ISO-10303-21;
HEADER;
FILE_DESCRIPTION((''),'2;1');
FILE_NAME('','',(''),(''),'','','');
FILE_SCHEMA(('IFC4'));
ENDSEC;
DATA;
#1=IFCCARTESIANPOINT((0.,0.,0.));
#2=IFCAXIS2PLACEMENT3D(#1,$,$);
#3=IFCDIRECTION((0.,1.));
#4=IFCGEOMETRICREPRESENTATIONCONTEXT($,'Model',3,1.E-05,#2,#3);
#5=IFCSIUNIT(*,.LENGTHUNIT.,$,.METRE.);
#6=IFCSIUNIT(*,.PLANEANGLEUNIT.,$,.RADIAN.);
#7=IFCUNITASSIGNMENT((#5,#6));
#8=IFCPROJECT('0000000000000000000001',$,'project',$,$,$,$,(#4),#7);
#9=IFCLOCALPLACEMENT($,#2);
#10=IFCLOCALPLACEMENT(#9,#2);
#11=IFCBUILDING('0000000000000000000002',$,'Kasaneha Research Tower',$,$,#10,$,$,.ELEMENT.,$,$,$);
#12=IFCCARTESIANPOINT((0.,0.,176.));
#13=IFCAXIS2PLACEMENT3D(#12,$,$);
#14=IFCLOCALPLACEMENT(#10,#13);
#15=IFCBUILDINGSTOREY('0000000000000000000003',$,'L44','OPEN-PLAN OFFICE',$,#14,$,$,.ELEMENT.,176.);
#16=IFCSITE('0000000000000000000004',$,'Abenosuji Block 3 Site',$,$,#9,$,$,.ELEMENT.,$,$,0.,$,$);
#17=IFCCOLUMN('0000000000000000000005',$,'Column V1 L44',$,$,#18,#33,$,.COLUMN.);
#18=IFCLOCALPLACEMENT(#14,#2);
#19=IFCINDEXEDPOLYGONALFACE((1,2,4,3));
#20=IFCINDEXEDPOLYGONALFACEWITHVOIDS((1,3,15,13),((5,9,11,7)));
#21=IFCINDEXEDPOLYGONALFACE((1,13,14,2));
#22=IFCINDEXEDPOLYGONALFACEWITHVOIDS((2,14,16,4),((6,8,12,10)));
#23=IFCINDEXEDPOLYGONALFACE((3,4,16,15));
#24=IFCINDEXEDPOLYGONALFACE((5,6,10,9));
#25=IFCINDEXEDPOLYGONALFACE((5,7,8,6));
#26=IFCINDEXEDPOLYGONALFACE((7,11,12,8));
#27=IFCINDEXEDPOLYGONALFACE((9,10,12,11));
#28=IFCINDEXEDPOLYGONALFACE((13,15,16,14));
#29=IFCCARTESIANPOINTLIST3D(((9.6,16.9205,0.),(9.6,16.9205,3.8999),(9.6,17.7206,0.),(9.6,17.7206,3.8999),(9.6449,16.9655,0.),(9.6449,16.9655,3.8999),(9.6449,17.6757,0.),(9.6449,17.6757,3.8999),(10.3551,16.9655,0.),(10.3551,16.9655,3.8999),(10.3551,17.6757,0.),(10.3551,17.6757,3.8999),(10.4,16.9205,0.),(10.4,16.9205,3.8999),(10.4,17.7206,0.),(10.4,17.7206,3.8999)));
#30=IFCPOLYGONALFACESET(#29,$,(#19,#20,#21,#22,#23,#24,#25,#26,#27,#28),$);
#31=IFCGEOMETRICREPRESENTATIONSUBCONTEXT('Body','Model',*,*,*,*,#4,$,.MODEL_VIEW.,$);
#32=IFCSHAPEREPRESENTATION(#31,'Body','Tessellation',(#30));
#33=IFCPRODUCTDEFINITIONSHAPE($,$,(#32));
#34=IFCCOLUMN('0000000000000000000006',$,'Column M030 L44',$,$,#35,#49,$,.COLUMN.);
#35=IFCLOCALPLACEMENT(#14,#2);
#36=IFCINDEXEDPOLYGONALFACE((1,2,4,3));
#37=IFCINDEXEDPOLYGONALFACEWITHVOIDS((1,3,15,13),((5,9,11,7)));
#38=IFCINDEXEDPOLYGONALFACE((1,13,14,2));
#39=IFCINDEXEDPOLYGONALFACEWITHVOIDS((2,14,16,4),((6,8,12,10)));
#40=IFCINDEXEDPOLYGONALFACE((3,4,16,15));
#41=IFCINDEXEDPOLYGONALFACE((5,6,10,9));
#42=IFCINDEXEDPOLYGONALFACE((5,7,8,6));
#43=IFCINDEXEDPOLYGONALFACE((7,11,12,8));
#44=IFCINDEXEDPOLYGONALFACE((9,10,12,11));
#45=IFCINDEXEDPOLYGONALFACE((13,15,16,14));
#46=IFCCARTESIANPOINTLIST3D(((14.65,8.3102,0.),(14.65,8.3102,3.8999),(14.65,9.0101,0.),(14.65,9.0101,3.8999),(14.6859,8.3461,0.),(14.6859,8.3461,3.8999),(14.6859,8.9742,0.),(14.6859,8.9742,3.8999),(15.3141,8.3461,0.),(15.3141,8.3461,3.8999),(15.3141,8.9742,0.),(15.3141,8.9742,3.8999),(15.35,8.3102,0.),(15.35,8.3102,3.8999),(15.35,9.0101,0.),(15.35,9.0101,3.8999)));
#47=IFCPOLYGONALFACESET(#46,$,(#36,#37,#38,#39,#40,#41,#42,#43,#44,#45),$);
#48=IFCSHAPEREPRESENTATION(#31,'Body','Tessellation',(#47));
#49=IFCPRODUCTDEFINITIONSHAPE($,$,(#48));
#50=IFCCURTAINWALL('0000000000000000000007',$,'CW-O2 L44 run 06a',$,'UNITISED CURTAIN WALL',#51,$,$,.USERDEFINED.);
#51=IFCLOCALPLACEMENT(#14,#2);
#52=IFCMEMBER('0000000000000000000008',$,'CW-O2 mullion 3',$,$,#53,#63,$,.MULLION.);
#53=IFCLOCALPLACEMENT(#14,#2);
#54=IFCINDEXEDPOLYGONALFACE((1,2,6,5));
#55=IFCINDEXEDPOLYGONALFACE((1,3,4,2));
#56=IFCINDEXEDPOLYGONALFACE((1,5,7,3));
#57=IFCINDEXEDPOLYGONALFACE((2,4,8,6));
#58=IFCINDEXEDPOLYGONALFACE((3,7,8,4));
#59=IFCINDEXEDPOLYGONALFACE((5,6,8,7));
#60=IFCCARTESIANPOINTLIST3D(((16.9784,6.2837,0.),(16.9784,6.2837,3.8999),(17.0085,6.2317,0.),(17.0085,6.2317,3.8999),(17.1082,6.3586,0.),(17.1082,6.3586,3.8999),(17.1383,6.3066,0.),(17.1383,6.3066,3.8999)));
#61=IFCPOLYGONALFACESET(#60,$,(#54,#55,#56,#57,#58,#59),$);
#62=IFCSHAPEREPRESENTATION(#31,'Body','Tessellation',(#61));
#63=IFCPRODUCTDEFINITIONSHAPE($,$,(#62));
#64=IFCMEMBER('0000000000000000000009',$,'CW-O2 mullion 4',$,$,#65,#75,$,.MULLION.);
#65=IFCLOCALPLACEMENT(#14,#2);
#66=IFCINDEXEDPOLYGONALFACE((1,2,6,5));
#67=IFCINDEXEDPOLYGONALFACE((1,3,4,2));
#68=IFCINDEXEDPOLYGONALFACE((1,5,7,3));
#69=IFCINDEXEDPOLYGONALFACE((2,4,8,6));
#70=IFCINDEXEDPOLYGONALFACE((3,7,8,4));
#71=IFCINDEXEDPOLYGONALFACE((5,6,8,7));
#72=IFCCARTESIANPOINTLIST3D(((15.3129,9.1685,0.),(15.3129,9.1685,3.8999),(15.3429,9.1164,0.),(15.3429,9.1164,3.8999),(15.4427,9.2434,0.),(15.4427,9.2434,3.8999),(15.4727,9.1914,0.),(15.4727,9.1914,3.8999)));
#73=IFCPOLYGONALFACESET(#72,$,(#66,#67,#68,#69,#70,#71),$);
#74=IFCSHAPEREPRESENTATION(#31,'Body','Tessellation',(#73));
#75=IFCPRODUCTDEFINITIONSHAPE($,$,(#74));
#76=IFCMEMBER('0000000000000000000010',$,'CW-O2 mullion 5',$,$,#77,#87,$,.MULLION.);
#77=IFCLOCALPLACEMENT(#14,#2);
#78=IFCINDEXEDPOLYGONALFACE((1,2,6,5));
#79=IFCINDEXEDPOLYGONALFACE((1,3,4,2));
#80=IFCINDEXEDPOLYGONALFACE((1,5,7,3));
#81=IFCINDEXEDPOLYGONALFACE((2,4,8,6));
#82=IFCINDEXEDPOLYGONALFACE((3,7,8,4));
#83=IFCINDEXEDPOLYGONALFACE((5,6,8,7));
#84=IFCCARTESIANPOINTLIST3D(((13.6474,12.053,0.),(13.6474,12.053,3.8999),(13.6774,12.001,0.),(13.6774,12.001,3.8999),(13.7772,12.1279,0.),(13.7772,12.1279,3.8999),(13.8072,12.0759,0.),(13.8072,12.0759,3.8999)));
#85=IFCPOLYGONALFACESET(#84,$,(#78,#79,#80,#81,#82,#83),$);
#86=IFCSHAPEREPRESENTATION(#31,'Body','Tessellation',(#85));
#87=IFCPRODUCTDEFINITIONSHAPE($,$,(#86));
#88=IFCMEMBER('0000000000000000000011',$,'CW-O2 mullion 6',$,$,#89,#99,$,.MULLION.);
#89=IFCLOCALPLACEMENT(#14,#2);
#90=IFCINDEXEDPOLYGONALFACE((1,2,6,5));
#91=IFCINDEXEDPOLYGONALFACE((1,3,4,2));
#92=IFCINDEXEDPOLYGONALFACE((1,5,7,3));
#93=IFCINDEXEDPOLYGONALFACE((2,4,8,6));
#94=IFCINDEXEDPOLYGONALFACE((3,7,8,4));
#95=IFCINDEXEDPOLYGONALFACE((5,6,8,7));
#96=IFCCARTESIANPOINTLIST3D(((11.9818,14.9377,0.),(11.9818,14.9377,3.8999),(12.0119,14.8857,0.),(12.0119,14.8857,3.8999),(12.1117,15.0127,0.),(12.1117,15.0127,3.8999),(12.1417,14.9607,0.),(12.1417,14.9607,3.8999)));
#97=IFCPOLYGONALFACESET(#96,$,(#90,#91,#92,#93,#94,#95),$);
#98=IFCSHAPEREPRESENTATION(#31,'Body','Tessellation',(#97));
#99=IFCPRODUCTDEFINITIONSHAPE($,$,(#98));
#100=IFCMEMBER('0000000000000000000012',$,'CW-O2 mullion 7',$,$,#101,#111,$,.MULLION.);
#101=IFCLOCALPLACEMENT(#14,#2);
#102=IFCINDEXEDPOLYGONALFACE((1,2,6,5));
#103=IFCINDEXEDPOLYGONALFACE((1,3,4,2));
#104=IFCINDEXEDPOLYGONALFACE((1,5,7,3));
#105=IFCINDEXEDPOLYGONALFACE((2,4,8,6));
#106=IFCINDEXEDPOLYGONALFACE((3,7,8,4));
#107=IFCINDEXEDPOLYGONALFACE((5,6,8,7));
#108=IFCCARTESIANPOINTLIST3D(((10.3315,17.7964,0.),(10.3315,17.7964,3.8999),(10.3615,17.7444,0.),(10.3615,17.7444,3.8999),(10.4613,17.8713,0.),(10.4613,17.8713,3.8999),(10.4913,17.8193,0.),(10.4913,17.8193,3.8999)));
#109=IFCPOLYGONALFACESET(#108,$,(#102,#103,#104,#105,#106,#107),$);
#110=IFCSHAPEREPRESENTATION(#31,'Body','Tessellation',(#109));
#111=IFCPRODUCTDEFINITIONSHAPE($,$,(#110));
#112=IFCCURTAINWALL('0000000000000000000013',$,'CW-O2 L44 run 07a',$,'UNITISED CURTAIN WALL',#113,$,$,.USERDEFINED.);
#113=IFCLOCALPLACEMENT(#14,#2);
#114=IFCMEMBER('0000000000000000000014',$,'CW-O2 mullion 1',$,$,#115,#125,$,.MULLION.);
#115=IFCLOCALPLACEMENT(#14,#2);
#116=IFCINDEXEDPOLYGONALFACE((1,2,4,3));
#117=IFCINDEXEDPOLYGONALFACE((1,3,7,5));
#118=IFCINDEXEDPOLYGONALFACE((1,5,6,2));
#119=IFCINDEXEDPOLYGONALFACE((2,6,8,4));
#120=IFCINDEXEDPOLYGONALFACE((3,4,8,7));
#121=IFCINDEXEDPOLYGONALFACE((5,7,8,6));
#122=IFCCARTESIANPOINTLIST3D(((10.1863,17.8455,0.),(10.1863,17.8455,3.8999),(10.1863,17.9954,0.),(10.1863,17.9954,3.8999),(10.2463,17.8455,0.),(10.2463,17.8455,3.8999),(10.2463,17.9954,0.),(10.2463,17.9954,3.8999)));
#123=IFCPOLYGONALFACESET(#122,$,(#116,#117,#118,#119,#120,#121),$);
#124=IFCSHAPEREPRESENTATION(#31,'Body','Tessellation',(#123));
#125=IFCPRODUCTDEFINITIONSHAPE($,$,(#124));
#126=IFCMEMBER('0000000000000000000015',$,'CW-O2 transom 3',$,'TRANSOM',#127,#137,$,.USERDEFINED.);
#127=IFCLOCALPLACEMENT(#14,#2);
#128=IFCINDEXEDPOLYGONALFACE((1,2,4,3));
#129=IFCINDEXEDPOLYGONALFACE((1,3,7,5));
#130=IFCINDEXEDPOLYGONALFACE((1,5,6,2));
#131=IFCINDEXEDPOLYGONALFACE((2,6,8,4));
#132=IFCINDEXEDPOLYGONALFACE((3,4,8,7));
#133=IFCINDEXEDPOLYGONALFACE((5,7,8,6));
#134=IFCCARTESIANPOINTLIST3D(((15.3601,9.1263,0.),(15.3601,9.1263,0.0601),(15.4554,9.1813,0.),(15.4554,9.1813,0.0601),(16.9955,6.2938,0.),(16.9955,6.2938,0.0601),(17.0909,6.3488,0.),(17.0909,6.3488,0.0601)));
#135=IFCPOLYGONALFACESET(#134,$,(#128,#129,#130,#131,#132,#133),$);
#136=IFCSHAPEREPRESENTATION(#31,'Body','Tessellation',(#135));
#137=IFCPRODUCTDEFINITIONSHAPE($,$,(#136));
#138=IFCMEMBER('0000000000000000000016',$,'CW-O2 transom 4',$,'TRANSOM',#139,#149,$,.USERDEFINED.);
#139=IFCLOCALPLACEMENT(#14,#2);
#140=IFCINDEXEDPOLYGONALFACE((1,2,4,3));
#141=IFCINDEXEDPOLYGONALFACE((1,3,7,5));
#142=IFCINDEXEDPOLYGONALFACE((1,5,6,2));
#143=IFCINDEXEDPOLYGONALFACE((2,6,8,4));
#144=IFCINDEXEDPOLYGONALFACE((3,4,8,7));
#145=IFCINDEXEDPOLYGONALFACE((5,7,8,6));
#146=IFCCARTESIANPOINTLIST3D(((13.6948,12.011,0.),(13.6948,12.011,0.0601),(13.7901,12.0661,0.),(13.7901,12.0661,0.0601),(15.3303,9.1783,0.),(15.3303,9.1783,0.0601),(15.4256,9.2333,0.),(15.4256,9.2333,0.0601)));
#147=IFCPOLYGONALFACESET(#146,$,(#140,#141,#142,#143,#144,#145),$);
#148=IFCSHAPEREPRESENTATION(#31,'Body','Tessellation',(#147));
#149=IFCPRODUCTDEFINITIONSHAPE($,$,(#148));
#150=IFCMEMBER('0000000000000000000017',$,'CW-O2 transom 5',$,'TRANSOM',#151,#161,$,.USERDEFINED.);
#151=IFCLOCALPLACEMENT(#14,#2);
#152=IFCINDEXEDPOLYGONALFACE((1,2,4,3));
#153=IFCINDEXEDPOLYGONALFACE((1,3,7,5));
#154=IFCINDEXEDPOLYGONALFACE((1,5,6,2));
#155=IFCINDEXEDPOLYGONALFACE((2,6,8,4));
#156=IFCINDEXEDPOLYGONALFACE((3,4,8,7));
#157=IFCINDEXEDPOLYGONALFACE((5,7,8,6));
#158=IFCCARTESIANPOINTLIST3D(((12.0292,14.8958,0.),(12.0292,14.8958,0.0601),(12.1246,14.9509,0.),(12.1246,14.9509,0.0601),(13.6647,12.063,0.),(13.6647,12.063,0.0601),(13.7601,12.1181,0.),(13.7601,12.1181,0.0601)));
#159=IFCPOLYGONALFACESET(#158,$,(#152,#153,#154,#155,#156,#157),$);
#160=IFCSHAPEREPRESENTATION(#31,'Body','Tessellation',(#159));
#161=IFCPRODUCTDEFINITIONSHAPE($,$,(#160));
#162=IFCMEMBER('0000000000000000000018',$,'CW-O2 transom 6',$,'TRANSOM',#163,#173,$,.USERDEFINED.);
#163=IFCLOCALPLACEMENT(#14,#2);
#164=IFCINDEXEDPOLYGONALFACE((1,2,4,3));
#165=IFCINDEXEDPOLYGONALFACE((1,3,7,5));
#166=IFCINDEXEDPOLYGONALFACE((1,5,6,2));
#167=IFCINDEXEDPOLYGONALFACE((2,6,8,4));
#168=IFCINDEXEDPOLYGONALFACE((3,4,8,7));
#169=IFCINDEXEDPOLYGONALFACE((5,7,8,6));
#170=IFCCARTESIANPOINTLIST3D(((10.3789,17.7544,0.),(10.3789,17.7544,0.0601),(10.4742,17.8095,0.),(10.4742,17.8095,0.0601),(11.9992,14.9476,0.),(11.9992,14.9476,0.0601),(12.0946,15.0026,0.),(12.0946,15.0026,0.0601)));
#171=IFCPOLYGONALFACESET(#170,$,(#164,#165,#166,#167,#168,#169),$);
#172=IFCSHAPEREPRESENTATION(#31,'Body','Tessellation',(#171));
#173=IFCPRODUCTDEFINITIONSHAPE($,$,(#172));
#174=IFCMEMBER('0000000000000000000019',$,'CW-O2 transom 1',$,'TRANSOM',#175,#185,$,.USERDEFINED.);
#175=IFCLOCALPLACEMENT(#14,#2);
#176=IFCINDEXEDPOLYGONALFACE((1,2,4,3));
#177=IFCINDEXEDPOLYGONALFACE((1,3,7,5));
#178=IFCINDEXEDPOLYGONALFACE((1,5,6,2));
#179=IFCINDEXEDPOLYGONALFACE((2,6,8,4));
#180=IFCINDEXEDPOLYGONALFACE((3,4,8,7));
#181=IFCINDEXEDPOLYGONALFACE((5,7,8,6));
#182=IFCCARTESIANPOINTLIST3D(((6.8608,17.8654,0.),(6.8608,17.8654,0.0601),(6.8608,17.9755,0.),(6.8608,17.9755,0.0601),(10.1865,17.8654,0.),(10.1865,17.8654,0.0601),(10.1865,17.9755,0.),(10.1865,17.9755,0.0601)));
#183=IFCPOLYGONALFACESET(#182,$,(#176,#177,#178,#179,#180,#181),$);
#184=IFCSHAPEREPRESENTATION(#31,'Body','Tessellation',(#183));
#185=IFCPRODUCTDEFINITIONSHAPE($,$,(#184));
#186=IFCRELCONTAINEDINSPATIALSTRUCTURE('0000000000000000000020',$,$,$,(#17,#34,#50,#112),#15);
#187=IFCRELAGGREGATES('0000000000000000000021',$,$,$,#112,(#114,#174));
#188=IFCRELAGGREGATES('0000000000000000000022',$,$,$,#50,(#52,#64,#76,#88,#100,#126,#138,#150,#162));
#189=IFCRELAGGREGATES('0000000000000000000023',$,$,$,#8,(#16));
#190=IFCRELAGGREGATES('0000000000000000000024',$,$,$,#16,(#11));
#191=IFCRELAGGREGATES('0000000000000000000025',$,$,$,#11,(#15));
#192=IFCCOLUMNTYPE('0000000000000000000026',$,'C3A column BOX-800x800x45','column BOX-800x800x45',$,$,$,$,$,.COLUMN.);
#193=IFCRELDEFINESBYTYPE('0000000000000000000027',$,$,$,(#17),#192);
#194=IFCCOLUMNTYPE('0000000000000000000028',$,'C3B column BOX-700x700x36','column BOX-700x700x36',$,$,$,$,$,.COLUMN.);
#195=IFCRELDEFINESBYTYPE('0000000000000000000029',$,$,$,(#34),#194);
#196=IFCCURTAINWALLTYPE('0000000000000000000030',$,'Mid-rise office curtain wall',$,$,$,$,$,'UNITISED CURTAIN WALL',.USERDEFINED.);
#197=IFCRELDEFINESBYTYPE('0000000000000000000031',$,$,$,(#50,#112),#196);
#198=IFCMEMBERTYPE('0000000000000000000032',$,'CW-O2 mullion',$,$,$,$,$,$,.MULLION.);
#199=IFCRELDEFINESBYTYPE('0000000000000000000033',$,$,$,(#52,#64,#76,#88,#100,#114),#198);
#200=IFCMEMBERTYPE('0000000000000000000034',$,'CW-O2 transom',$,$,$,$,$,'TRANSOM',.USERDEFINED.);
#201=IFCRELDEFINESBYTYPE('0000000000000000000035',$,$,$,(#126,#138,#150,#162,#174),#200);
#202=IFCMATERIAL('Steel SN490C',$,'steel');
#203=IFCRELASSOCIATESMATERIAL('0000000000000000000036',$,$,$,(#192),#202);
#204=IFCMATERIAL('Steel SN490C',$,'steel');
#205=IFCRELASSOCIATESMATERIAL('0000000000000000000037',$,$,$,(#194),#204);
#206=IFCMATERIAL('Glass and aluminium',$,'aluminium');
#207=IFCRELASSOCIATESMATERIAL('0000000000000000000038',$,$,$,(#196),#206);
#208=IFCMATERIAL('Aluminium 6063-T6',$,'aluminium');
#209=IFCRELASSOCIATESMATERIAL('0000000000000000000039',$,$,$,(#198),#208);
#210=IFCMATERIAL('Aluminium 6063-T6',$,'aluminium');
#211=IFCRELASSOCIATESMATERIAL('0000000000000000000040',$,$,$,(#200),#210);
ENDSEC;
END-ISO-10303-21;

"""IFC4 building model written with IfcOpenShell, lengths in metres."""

from ifc_helpers import new_model, si_unit, direction, frame, origin, origin_2d, place, context, subcontext, project, spatial, rectangle, hollow_rectangle, extrude, material, material_profile, profile_set, type_object, element, aggregate, save


model = new_model("IFC4")

# Units and contexts
model_context = context("Model", 3, precision=1e-05, world=origin(), true_north=direction((0.0, 1.0)))
body_context = subcontext(model_context, "Body", "Model", "MODEL_VIEW")
ifc_project = project(units=[si_unit("LENGTHUNIT", "METRE"), si_unit("PLANEANGLEUNIT", "RADIAN")], contexts=[model_context])

# Site, building, storey
site_placement = place(None, origin())
site = spatial("IfcSite", under=ifc_project, at=site_placement, Name="Abenosuji Block 3 Site", CompositionType="ELEMENT", RefElevation=0.0)
building_placement = place(site_placement, origin())
building = spatial("IfcBuilding", under=site, at=building_placement, Name="Kasaneha Research Tower", CompositionType="ELEMENT")
storey_placement = place(building_placement, frame((0.0, 0.0, 176.0)))
storey = spatial("IfcBuildingStorey", under=building, at=storey_placement, Name="L44", Description="OPEN-PLAN OFFICE", CompositionType="ELEMENT", Elevation=176.0)

# Columns
ifc_material_1 = material(Name="Steel SN490C", Category="steel")
ifc_material_profile_1 = material_profile(ifc_material_1, hollow_rectangle(XDim=0.8, YDim=0.8, WallThickness=0.0449, at=origin_2d()), Name="BOX-800x800x45")
ifc_profile_set_1 = profile_set([ifc_material_profile_1], Name="Steel SN490C")
column_type_1 = type_object("IfcColumnType", Name="C3A column BOX-800x800x45", Description="column BOX-800x800x45", PredefinedType="COLUMN", material=ifc_profile_set_1)
column_1_placement = place(storey_placement, frame((10.0, 17.3206, 0.0), z_axis=(0.0, 0.0, 1.0), x_axis=(1.0, 0.0, 0.0)))
element("IfcColumn", 1, at=column_1_placement, inside=storey, type_object=column_type_1, Name="Column V1 L44", PredefinedType="COLUMN", context=body_context, shape_type="SweptSolid", body=[
    extrude(hollow_rectangle(XDim=0.8, YDim=0.8, WallThickness=0.0449, at=origin_2d()), origin(), (0.0, 0.0, 1.0), 3.8999),
])
ifc_material_2 = material(Name="Steel SN490C", Category="steel")
ifc_material_profile_2 = material_profile(ifc_material_2, hollow_rectangle(XDim=0.7, YDim=0.7, WallThickness=0.0359, at=origin_2d()), Name="BOX-700x700x36")
ifc_profile_set_2 = profile_set([ifc_material_profile_2], Name="Steel SN490C")
column_type_2 = type_object("IfcColumnType", Name="C3B column BOX-700x700x36", Description="column BOX-700x700x36", PredefinedType="COLUMN", material=ifc_profile_set_2)
column_2_placement = place(storey_placement, frame((15.0, 8.6602, 0.0), z_axis=(0.0, 0.0, 1.0), x_axis=(1.0, 0.0, 0.0)))
element("IfcColumn", 2, at=column_2_placement, inside=storey, type_object=column_type_2, Name="Column M030 L44", PredefinedType="COLUMN", context=body_context, shape_type="SweptSolid", body=[
    extrude(hollow_rectangle(XDim=0.7, YDim=0.7, WallThickness=0.0359, at=origin_2d()), origin(), (0.0, 0.0, 1.0), 3.8999),
])

# Curtain wall, members
ifc_material_3 = material(Name="Glass and aluminium", Category="aluminium")
curtain_wall_type = type_object("IfcCurtainWallType", Name="Mid-rise office curtain wall", ElementType="UNITISED CURTAIN WALL", PredefinedType="USERDEFINED", material=ifc_material_3)
curtain_wall_1_placement = place(storey_placement, origin())
curtain_wall_1 = element("IfcCurtainWall", 3, at=curtain_wall_1_placement, inside=storey, type_object=curtain_wall_type, Name="CW-O2 L44 run 06a", ObjectType="UNITISED CURTAIN WALL", PredefinedType="USERDEFINED")
ifc_material_4 = material(Name="Aluminium 6063-T6", Category="aluminium")
ifc_material_profile_3 = material_profile(ifc_material_4, rectangle(XDim=0.0601, YDim=0.1499, at=origin_2d()), Name="CW-O2 mullion 60x150")
ifc_profile_set_3 = profile_set([ifc_material_profile_3], Name="Aluminium 6063-T6")
member_type_1 = type_object("IfcMemberType", Name="CW-O2 mullion", PredefinedType="MULLION", material=ifc_profile_set_3)
member_1_placement = place(storey_placement, frame((17.0583, 6.2952, 0.0), z_axis=(0.0, 0.0, 1.0), x_axis=(-0.5, 0.866025, 0.0)))
member_1 = element("IfcMember", 4, at=member_1_placement, type_object=member_type_1, Name="CW-O2 mullion 3", PredefinedType="MULLION", context=body_context, shape_type="SweptSolid", body=[
    extrude(rectangle(XDim=0.0601, YDim=0.1499, at=origin_2d()), origin(), (0.0, 0.0, 1.0), 3.8999),
])
member_2_placement = place(storey_placement, frame((15.3928, 9.1799, 0.0), z_axis=(0.0, 0.0, 1.0), x_axis=(-0.5, 0.866025, 0.0)))
member_2 = element("IfcMember", 5, at=member_2_placement, type_object=member_type_1, Name="CW-O2 mullion 4", PredefinedType="MULLION", context=body_context, shape_type="SweptSolid", body=[
    extrude(rectangle(XDim=0.0601, YDim=0.1499, at=origin_2d()), origin(), (0.0, 0.0, 1.0), 3.8999),
])
member_3_placement = place(storey_placement, frame((13.7273, 12.0645, 0.0), z_axis=(0.0, 0.0, 1.0), x_axis=(-0.5, 0.866025, 0.0)))
member_3 = element("IfcMember", 6, at=member_3_placement, type_object=member_type_1, Name="CW-O2 mullion 5", PredefinedType="MULLION", context=body_context, shape_type="SweptSolid", body=[
    extrude(rectangle(XDim=0.0601, YDim=0.1499, at=origin_2d()), origin(), (0.0, 0.0, 1.0), 3.8999),
])
member_4_placement = place(storey_placement, frame((12.0618, 14.9492, 0.0), z_axis=(0.0, 0.0, 1.0), x_axis=(-0.5, 0.866025, 0.0)))
member_4 = element("IfcMember", 7, at=member_4_placement, type_object=member_type_1, Name="CW-O2 mullion 6", PredefinedType="MULLION", context=body_context, shape_type="SweptSolid", body=[
    extrude(rectangle(XDim=0.0601, YDim=0.1499, at=origin_2d()), origin(), (0.0, 0.0, 1.0), 3.8999),
])
member_5_placement = place(storey_placement, frame((10.4114, 17.8079, 0.0), z_axis=(0.0, 0.0, 1.0), x_axis=(-0.5, 0.866025, 0.0)))
member_5 = element("IfcMember", 8, at=member_5_placement, type_object=member_type_1, Name="CW-O2 mullion 7", PredefinedType="MULLION", context=body_context, shape_type="SweptSolid", body=[
    extrude(rectangle(XDim=0.0601, YDim=0.1499, at=origin_2d()), origin(), (0.0, 0.0, 1.0), 3.8999),
])

# Curtain wall, member
curtain_wall_2_placement = place(storey_placement, origin())
curtain_wall_2 = element("IfcCurtainWall", 9, at=curtain_wall_2_placement, inside=storey, type_object=curtain_wall_type, Name="CW-O2 L44 run 07a", ObjectType="UNITISED CURTAIN WALL", PredefinedType="USERDEFINED")
member_6_placement = place(storey_placement, frame((10.2163, 17.9204, 0.0), z_axis=(0.0, 0.0, 1.0), x_axis=(-1.0, 0.0, 0.0)))
member_6 = element("IfcMember", 10, at=member_6_placement, type_object=member_type_1, Name="CW-O2 mullion 1", PredefinedType="MULLION", context=body_context, shape_type="SweptSolid", body=[
    extrude(rectangle(XDim=0.0601, YDim=0.1499, at=origin_2d()), origin(), (0.0, 0.0, 1.0), 3.8999),
])

# Members
ifc_material_5 = material(Name="Aluminium 6063-T6", Category="aluminium")
ifc_material_profile_4 = material_profile(ifc_material_5, rectangle(XDim=0.1101, YDim=0.0601, at=origin_2d()), Name="CW-O2 transom 110x60")
ifc_profile_set_4 = profile_set([ifc_material_profile_4], Name="Aluminium 6063-T6")
member_type_2 = type_object("IfcMemberType", Name="CW-O2 transom", ElementType="TRANSOM", PredefinedType="USERDEFINED", material=ifc_profile_set_4)
member_7_placement = place(storey_placement, frame((17.0432, 6.3213, 0.03), z_axis=(-0.500033, 0.866007, 0.0), x_axis=(-0.866007, -0.500033, 0.0)))
member_7 = element("IfcMember", 11, at=member_7_placement, type_object=member_type_2, Name="CW-O2 transom 3", ObjectType="TRANSOM", PredefinedType="USERDEFINED", context=body_context, shape_type="SweptSolid", body=[
    extrude(rectangle(XDim=0.1101, YDim=0.0601, at=origin_2d()), origin(), (0.0, 0.0, 1.0), 3.2708),
])
member_8_placement = place(storey_placement, frame((15.3779, 9.2058, 0.03), z_axis=(-0.5, 0.866025, 0.0), x_axis=(-0.866025, -0.5, 0.0)))
member_8 = element("IfcMember", 12, at=member_8_placement, type_object=member_type_2, Name="CW-O2 transom 4", ObjectType="TRANSOM", PredefinedType="USERDEFINED", context=body_context, shape_type="SweptSolid", body=[
    extrude(rectangle(XDim=0.1101, YDim=0.0601, at=origin_2d()), origin(), (0.0, 0.0, 1.0), 3.271),
])
member_9_placement = place(storey_placement, frame((13.7124, 12.0906, 0.03), z_axis=(-0.5, 0.866025, 0.0), x_axis=(-0.866025, -0.5, 0.0)))
member_9 = element("IfcMember", 13, at=member_9_placement, type_object=member_type_2, Name="CW-O2 transom 5", ObjectType="TRANSOM", PredefinedType="USERDEFINED", context=body_context, shape_type="SweptSolid", body=[
    extrude(rectangle(XDim=0.1101, YDim=0.0601, at=origin_2d()), origin(), (0.0, 0.0, 1.0), 3.271),
])
member_10_placement = place(storey_placement, frame((12.0469, 14.9751, 0.03), z_axis=(-0.499955, 0.866051, 0.0), x_axis=(-0.866051, -0.499955, 0.0)))
member_10 = element("IfcMember", 14, at=member_10_placement, type_object=member_type_2, Name="CW-O2 transom 6", ObjectType="TRANSOM", PredefinedType="USERDEFINED", context=body_context, shape_type="SweptSolid", body=[
    extrude(rectangle(XDim=0.1101, YDim=0.0601, at=origin_2d()), origin(), (0.0, 0.0, 1.0), 3.241),
])
member_11_placement = place(storey_placement, frame((10.1865, 17.9204, 0.03), z_axis=(-1.0, 0.0, 0.0), x_axis=(0.0, -1.0, 0.0)))
member_11 = element("IfcMember", 15, at=member_11_placement, type_object=member_type_2, Name="CW-O2 transom 1", ObjectType="TRANSOM", PredefinedType="USERDEFINED", context=body_context, shape_type="SweptSolid", body=[
    extrude(rectangle(XDim=0.1101, YDim=0.0601, at=origin_2d()), origin(), (0.0, 0.0, 1.0), 3.3257),
])
aggregate(curtain_wall_2, [member_6, member_11])

aggregate(curtain_wall_1, [member_1, member_2, member_3, member_4, member_5, member_7, member_8, member_9, member_10])

save(model, "model.ifc")
